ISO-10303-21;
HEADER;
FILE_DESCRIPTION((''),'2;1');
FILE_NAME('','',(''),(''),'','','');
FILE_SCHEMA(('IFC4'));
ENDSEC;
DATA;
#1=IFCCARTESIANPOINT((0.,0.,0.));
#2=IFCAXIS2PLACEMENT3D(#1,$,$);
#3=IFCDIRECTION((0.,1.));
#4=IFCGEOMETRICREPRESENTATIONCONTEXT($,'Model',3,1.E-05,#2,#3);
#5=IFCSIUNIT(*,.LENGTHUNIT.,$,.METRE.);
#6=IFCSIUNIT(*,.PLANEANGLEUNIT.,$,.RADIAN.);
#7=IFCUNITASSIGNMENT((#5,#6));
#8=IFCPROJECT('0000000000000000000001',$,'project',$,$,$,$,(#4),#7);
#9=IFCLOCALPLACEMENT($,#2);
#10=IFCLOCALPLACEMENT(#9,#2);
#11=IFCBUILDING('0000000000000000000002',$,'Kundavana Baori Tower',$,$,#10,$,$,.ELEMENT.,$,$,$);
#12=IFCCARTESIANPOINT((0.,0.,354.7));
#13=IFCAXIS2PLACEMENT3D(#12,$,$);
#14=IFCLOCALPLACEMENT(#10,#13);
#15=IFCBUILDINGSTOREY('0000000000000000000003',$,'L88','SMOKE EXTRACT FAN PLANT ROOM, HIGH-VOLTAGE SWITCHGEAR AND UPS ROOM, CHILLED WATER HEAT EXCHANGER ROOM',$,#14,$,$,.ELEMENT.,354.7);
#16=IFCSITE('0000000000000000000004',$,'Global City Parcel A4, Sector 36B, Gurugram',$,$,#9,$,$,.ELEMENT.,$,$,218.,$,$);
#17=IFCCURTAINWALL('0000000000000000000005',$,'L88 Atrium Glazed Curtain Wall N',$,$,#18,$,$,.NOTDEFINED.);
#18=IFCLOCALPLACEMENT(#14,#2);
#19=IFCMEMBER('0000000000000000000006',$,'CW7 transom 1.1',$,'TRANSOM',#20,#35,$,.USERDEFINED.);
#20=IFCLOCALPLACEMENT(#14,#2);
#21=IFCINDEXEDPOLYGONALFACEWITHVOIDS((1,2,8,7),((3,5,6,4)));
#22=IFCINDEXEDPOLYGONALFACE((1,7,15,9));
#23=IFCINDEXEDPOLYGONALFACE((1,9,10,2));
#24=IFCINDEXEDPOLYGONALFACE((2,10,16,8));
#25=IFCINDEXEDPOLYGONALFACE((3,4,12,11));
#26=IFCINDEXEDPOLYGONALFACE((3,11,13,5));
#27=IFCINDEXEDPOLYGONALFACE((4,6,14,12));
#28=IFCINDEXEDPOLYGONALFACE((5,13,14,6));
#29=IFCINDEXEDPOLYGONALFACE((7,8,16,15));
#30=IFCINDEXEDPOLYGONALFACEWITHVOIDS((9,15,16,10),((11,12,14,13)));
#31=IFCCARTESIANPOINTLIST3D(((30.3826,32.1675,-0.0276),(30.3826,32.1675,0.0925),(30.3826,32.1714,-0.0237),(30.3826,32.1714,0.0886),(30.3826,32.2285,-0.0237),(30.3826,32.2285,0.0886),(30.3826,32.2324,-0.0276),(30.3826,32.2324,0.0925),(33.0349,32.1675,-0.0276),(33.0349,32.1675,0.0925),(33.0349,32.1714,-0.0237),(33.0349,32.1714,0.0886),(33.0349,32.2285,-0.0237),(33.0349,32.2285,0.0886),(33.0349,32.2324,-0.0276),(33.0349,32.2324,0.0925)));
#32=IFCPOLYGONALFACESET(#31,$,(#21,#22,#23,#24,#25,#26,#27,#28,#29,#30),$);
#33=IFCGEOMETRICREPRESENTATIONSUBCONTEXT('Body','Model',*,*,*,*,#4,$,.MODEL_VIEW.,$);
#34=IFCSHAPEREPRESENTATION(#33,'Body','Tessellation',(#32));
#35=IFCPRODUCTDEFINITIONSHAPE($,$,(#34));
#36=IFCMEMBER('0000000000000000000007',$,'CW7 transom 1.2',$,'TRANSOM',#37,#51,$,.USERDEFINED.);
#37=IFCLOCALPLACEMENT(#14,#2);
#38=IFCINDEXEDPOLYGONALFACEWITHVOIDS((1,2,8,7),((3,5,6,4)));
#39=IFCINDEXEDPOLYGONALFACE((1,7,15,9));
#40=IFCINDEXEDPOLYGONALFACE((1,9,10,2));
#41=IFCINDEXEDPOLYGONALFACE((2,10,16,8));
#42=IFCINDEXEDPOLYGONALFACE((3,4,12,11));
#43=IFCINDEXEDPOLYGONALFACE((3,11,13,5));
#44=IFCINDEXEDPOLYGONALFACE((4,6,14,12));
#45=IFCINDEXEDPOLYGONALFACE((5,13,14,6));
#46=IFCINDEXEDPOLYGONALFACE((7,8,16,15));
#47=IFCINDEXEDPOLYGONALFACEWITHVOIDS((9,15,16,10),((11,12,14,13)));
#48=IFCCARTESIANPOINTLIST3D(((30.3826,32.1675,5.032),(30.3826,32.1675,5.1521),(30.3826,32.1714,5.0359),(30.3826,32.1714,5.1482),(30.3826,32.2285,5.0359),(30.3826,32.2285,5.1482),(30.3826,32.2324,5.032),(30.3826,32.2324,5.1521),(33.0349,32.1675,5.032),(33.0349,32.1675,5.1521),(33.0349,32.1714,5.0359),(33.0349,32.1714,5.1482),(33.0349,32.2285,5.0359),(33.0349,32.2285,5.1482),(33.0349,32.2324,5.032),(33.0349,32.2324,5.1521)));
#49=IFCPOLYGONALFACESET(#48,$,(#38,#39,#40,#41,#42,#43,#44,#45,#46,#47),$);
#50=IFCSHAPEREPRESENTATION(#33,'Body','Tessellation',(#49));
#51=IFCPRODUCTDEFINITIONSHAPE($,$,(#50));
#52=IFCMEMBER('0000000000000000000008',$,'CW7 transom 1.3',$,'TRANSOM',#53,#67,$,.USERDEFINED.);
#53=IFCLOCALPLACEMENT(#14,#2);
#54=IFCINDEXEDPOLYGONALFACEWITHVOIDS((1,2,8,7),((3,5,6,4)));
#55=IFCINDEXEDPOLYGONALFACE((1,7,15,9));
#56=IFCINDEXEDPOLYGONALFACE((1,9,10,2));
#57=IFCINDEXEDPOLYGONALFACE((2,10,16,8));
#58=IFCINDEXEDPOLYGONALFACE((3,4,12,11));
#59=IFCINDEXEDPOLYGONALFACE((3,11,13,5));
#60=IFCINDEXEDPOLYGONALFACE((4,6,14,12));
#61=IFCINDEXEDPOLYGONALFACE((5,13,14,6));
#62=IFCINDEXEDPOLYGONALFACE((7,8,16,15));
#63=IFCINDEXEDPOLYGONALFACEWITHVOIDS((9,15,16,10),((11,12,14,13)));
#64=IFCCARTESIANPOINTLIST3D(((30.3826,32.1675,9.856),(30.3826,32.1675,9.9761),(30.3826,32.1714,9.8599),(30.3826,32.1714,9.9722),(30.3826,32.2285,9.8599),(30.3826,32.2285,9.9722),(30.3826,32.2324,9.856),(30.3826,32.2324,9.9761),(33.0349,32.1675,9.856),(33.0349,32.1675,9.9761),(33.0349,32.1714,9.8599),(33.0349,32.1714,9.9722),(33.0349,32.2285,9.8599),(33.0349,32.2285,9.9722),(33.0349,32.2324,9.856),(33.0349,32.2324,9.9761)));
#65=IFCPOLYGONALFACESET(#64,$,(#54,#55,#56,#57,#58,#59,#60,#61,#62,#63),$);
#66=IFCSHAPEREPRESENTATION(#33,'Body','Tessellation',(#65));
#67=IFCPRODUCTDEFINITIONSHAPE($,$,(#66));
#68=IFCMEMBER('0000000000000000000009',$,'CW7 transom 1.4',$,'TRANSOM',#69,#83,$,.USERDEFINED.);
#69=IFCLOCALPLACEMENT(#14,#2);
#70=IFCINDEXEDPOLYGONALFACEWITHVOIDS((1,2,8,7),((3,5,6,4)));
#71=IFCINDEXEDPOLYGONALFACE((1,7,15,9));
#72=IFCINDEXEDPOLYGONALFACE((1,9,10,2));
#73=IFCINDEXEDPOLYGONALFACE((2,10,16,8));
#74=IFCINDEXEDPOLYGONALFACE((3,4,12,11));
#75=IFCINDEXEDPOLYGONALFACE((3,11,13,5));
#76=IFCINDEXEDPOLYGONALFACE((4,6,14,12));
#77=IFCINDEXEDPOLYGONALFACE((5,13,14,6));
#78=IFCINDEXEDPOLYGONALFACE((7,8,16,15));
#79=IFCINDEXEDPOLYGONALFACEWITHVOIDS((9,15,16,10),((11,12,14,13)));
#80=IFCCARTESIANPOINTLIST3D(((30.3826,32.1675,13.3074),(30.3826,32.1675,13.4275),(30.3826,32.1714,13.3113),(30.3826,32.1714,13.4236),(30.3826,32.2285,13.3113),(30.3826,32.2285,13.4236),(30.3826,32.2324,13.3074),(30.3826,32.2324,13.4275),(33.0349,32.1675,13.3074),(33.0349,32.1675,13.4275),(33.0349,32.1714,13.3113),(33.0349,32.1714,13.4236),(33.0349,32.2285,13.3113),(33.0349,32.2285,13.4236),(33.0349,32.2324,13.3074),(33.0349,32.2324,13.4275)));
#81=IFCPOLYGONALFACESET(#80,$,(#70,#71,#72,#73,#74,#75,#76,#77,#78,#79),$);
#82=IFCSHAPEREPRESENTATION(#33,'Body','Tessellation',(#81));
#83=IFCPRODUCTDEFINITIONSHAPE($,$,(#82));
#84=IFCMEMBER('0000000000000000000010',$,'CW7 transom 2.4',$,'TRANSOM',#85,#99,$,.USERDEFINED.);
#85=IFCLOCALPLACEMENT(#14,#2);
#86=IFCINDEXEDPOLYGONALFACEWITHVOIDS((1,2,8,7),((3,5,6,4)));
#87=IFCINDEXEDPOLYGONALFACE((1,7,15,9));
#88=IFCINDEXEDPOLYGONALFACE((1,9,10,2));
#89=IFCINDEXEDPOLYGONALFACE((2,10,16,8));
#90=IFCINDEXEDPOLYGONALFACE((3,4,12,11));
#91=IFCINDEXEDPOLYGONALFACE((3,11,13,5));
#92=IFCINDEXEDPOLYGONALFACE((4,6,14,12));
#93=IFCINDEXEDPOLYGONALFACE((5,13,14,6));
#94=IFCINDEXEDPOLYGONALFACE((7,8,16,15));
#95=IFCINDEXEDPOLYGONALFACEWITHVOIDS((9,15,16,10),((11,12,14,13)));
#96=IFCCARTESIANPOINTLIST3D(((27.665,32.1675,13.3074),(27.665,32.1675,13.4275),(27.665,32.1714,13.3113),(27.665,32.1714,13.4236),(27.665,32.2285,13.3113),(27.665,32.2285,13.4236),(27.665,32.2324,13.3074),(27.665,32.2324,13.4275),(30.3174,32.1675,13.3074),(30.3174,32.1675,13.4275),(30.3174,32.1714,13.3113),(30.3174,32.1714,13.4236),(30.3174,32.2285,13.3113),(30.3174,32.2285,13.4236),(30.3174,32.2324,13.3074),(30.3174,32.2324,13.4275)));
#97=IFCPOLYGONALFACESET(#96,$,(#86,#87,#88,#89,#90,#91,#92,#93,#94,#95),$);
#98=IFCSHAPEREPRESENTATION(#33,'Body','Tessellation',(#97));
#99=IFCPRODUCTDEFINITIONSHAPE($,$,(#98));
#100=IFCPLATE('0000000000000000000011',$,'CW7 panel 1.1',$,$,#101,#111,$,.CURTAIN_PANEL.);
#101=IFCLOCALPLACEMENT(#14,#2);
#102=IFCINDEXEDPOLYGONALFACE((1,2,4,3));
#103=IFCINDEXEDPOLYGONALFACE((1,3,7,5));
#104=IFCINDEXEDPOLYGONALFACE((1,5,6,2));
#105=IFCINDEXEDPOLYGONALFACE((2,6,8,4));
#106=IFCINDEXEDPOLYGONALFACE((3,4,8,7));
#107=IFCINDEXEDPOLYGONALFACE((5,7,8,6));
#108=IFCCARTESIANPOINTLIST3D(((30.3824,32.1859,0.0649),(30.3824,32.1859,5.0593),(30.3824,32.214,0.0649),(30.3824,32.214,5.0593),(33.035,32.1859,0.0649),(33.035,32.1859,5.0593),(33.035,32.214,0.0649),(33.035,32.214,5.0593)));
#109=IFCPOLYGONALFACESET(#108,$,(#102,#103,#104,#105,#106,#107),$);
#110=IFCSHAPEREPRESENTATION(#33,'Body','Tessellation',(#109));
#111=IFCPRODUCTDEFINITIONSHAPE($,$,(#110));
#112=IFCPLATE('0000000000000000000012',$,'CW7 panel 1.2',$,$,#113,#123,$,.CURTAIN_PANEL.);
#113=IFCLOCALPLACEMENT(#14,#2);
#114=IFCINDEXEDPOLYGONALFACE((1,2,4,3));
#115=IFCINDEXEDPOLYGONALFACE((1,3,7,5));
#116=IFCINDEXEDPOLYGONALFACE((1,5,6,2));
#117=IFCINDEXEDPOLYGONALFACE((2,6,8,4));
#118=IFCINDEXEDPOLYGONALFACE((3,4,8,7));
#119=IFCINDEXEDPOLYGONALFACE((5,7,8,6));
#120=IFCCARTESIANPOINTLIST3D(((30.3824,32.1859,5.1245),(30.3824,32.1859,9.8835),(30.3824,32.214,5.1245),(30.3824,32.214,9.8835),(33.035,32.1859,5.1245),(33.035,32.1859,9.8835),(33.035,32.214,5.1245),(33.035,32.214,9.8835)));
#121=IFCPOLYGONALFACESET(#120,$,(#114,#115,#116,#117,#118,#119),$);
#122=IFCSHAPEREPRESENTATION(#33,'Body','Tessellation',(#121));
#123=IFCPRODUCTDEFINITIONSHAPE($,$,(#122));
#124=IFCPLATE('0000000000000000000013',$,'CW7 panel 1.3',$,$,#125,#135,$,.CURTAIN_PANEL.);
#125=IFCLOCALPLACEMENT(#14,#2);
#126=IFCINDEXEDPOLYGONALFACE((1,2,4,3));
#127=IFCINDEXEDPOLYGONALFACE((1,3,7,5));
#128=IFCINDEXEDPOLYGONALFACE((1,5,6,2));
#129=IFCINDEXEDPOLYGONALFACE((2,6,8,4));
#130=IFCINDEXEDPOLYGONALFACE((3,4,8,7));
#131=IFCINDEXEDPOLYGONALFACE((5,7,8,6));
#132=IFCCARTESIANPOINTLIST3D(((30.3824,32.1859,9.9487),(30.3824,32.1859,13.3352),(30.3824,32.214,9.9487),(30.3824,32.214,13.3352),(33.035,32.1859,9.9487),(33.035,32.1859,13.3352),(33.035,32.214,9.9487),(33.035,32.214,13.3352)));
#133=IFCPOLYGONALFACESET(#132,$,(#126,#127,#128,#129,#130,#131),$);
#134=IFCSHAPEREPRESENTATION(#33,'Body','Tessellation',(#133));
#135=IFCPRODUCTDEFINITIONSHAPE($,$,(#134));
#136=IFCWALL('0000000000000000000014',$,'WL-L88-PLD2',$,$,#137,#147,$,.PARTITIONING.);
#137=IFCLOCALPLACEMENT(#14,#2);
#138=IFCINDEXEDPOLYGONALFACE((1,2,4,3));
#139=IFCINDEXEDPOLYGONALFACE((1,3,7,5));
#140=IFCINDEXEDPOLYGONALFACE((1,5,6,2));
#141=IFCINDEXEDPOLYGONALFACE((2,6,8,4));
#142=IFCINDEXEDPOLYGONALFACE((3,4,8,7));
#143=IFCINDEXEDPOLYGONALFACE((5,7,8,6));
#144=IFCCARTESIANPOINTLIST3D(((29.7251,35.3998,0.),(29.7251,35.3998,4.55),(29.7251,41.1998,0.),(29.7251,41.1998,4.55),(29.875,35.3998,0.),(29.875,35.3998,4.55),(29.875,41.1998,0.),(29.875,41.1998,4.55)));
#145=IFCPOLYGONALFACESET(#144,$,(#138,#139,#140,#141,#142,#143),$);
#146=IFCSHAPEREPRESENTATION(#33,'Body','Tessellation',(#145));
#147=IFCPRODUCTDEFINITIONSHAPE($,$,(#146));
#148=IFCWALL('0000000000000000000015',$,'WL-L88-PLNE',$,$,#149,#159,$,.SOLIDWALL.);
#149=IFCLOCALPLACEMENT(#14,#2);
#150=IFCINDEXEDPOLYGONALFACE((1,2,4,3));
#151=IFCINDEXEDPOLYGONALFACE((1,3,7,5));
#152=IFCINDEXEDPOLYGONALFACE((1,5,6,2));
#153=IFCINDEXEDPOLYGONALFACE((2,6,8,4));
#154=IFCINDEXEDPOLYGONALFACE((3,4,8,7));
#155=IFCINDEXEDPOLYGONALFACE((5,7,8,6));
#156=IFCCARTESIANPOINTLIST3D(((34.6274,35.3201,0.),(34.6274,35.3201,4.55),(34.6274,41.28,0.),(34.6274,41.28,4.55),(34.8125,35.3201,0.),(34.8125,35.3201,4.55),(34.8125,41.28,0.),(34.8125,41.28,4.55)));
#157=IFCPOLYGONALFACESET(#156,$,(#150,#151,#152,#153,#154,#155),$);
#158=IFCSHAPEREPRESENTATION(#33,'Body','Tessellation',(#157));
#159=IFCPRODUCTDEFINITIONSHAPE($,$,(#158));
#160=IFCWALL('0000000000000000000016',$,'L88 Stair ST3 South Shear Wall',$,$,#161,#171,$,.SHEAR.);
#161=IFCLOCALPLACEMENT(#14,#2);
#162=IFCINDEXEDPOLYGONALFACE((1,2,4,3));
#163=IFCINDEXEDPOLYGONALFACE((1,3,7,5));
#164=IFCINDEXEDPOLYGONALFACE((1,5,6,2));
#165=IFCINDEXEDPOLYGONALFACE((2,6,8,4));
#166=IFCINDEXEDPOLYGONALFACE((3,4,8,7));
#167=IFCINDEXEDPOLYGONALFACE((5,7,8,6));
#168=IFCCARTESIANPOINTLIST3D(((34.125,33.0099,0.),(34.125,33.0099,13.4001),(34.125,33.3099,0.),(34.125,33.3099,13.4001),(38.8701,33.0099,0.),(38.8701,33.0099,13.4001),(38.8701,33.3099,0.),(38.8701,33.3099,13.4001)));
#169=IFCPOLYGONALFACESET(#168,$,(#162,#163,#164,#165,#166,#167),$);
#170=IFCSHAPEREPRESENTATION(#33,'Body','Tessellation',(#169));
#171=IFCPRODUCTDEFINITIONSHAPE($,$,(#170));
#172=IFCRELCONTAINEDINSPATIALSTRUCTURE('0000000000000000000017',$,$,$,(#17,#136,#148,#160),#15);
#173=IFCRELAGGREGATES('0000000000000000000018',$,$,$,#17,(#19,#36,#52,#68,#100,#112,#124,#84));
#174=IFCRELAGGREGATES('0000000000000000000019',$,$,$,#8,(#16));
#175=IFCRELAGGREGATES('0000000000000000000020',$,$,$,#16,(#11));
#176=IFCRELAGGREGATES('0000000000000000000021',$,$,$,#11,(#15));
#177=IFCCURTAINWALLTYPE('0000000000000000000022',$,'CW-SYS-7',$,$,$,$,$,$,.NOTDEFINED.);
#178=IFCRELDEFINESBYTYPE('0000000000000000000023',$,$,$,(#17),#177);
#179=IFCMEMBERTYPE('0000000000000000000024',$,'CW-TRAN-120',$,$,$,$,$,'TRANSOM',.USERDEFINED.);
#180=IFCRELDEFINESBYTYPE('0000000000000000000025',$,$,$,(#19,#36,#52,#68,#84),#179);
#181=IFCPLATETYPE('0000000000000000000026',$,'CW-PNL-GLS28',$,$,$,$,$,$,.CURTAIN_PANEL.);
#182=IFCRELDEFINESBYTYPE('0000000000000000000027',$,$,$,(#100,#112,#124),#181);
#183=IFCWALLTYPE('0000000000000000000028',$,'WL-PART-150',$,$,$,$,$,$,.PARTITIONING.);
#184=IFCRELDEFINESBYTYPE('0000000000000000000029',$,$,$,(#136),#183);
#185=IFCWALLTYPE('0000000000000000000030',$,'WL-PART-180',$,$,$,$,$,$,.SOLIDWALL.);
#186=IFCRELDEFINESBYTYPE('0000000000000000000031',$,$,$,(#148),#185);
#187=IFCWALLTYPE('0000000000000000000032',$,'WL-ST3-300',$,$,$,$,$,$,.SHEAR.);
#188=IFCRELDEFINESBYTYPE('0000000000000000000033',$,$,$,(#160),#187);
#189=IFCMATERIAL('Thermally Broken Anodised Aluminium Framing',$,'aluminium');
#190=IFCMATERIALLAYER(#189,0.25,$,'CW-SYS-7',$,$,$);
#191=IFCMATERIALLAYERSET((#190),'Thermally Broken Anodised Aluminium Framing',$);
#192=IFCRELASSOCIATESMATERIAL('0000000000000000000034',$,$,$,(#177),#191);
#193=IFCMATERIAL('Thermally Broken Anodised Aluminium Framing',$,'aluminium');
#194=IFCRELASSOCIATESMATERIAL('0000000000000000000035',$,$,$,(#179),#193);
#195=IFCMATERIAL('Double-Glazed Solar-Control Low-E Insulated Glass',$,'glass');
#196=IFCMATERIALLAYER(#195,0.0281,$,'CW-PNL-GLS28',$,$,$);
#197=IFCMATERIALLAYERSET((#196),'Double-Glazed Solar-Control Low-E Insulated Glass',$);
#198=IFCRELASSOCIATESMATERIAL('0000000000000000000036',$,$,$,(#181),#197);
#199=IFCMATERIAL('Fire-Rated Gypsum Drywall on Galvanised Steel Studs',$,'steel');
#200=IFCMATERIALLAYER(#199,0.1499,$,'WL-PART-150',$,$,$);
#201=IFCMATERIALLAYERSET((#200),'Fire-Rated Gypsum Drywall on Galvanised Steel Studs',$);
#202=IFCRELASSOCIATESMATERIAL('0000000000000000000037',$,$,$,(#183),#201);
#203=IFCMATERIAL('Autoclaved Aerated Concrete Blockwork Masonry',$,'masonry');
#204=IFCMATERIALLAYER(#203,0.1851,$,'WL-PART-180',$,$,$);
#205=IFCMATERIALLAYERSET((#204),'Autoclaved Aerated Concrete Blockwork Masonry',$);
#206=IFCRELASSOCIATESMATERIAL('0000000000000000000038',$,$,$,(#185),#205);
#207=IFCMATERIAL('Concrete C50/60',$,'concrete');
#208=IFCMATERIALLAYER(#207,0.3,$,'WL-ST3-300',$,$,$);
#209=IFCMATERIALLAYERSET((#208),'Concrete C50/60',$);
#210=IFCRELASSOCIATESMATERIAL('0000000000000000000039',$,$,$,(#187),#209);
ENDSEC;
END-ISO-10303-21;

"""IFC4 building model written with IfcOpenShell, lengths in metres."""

from ifc_helpers import new_model, si_unit, direction, frame, frame_2d, origin, origin_2d, place, context, subcontext, project, spatial, rectangle, hollow_rectangle, extrude, material, layer, layer_set, material_profile, profile_set, type_object, element, aggregate, save


model = new_model("IFC4")

# Units and contexts
model_context = context("Model", 3, precision=1e-05, world=origin(), true_north=direction((0.0, 1.0)))
body_context = subcontext(model_context, "Body", "Model", "MODEL_VIEW")
ifc_project = project(units=[si_unit("LENGTHUNIT", "METRE"), si_unit("PLANEANGLEUNIT", "RADIAN")], contexts=[model_context])

# Site, building, storey
site_placement = place(None, origin())
site = spatial("IfcSite", under=ifc_project, at=site_placement, Name="Global City Parcel A4, Sector 36B, Gurugram", CompositionType="ELEMENT", RefElevation=218.0)
building_placement = place(site_placement, origin())
building = spatial("IfcBuilding", under=site, at=building_placement, Name="Kundavana Baori Tower", CompositionType="ELEMENT")
storey_placement = place(building_placement, frame((0.0, 0.0, 354.7)))
storey = spatial("IfcBuildingStorey", under=building, at=storey_placement, Name="L88", Description="SMOKE EXTRACT FAN PLANT ROOM, HIGH-VOLTAGE SWITCHGEAR AND UPS ROOM, CHILLED WATER HEAT EXCHANGER ROOM", CompositionType="ELEMENT", Elevation=354.7)

# Curtain wall, members, plates
ifc_material_1 = material(Name="Thermally Broken Anodised Aluminium Framing", Category="aluminium")
ifc_layer_1 = layer(ifc_material_1, 0.25, Name="CW-SYS-7")
ifc_layer_set_1 = layer_set([ifc_layer_1], Name="Thermally Broken Anodised Aluminium Framing")
curtain_wall_type = type_object("IfcCurtainWallType", Name="CW-SYS-7", PredefinedType="NOTDEFINED", material=ifc_layer_set_1)
curtain_wall_placement = place(storey_placement, origin())
curtain_wall = element("IfcCurtainWall", 1, at=curtain_wall_placement, inside=storey, type_object=curtain_wall_type, Name="L88 Atrium Glazed Curtain Wall N", PredefinedType="NOTDEFINED")
ifc_material_2 = material(Name="Thermally Broken Anodised Aluminium Framing", Category="aluminium")
ifc_material_profile_1 = material_profile(ifc_material_2, hollow_rectangle(XDim=0.0649, YDim=0.1201, WallThickness=0.0039, at=origin_2d()), Name="CW-TRAN-120")
ifc_profile_set_1 = profile_set([ifc_material_profile_1], Name="Thermally Broken Anodised Aluminium Framing")
member_type_1 = type_object("IfcMemberType", Name="CW-TRAN-120", ElementType="TRANSOM", PredefinedType="USERDEFINED", material=ifc_profile_set_1)
member_1_placement = place(storey_placement, frame((33.0349, 32.2, 0.0325), z_axis=(-1.0, 0.0, 0.0), x_axis=(0.0, -1.0, 0.0)))
member_1 = element("IfcMember", 2, at=member_1_placement, type_object=member_type_1, Name="CW7 transom 1.1", ObjectType="TRANSOM", PredefinedType="USERDEFINED", context=body_context, shape_type="SweptSolid", body=[
    extrude(hollow_rectangle(XDim=0.0649, YDim=0.1201, WallThickness=0.0039, at=origin_2d()), origin(), (0.0, 0.0, 1.0), 2.6523),
])
member_2_placement = place(storey_placement, frame((33.0349, 32.2, 5.092), z_axis=(-1.0, 0.0, 0.0), x_axis=(0.0, -1.0, 0.0)))
member_2 = element("IfcMember", 3, at=member_2_placement, type_object=member_type_1, Name="CW7 transom 1.2", ObjectType="TRANSOM", PredefinedType="USERDEFINED", context=body_context, shape_type="SweptSolid", body=[
    extrude(hollow_rectangle(XDim=0.0649, YDim=0.1201, WallThickness=0.0039, at=origin_2d()), origin(), (0.0, 0.0, 1.0), 2.6523),
])
member_3_placement = place(storey_placement, frame((33.0349, 32.2, 9.916), z_axis=(-1.0, 0.0, 0.0), x_axis=(0.0, -1.0, 0.0)))
member_3 = element("IfcMember", 4, at=member_3_placement, type_object=member_type_1, Name="CW7 transom 1.3", ObjectType="TRANSOM", PredefinedType="USERDEFINED", context=body_context, shape_type="SweptSolid", body=[
    extrude(hollow_rectangle(XDim=0.0649, YDim=0.1201, WallThickness=0.0039, at=origin_2d()), origin(), (0.0, 0.0, 1.0), 2.6523),
])
member_4_placement = place(storey_placement, frame((33.0349, 32.2, 13.3674), z_axis=(-1.0, 0.0, 0.0), x_axis=(0.0, -1.0, 0.0)))
member_4 = element("IfcMember", 5, at=member_4_placement, type_object=member_type_1, Name="CW7 transom 1.4", ObjectType="TRANSOM", PredefinedType="USERDEFINED", context=body_context, shape_type="SweptSolid", body=[
    extrude(hollow_rectangle(XDim=0.0649, YDim=0.1201, WallThickness=0.0039, at=origin_2d()), origin(), (0.0, 0.0, 1.0), 2.6523),
])
member_5_placement = place(storey_placement, frame((30.3174, 32.2, 13.3674), z_axis=(-1.0, 0.0, 0.0), x_axis=(0.0, -1.0, 0.0)))
member_5 = element("IfcMember", 6, at=member_5_placement, type_object=member_type_1, Name="CW7 transom 2.4", ObjectType="TRANSOM", PredefinedType="USERDEFINED", context=body_context, shape_type="SweptSolid", body=[
    extrude(hollow_rectangle(XDim=0.0649, YDim=0.1201, WallThickness=0.0039, at=origin_2d()), origin(), (0.0, 0.0, 1.0), 2.6523),
])
ifc_material_3 = material(Name="Double-Glazed Solar-Control Low-E Insulated Glass", Category="glass")
ifc_layer_2 = layer(ifc_material_3, 0.0281, Name="CW-PNL-GLS28")
ifc_layer_set_2 = layer_set([ifc_layer_2], Name="Double-Glazed Solar-Control Low-E Insulated Glass")
plate_type = type_object("IfcPlateType", Name="CW-PNL-GLS28", PredefinedType="CURTAIN_PANEL", material=ifc_layer_set_2)
plate_1_placement = place(storey_placement, frame((31.7087, 32.2, 0.0649), z_axis=(0.0, 0.0, 1.0), x_axis=(-1.0, 0.0, 0.0)))
plate_1 = element("IfcPlate", 7, at=plate_1_placement, type_object=plate_type, Name="CW7 panel 1.1", PredefinedType="CURTAIN_PANEL", context=body_context, shape_type="SweptSolid", body=[
    extrude(rectangle(XDim=2.6526, YDim=0.0281, at=origin_2d()), origin(), (0.0, 0.0, 1.0), 4.9944),
])
plate_2_placement = place(storey_placement, frame((31.7087, 32.2, 5.1245), z_axis=(0.0, 0.0, 1.0), x_axis=(-1.0, 0.0, 0.0)))
plate_2 = element("IfcPlate", 8, at=plate_2_placement, type_object=plate_type, Name="CW7 panel 1.2", PredefinedType="CURTAIN_PANEL", context=body_context, shape_type="SweptSolid", body=[
    extrude(rectangle(XDim=2.6526, YDim=0.0281, at=origin_2d()), origin(), (0.0, 0.0, 1.0), 4.759),
])
plate_3_placement = place(storey_placement, frame((31.7087, 32.2, 9.9487), z_axis=(0.0, 0.0, 1.0), x_axis=(-1.0, 0.0, 0.0)))
plate_3 = element("IfcPlate", 9, at=plate_3_placement, type_object=plate_type, Name="CW7 panel 1.3", PredefinedType="CURTAIN_PANEL", context=body_context, shape_type="SweptSolid", body=[
    extrude(rectangle(XDim=2.6526, YDim=0.0281, at=origin_2d()), origin(), (0.0, 0.0, 1.0), 3.3865),
])
aggregate(curtain_wall, [member_1, member_2, member_3, member_4, plate_1, plate_2, plate_3, member_5])

# Walls
ifc_material_4 = material(Name="Fire-Rated Gypsum Drywall on Galvanised Steel Studs", Category="steel")
ifc_layer_3 = layer(ifc_material_4, 0.1499, Name="WL-PART-150")
ifc_layer_set_3 = layer_set([ifc_layer_3], Name="Fire-Rated Gypsum Drywall on Galvanised Steel Studs")
wall_type_1 = type_object("IfcWallType", Name="WL-PART-150", PredefinedType="PARTITIONING", material=ifc_layer_set_3)
wall_1_placement = place(storey_placement, frame((29.8, 35.3999, 0.0), z_axis=(0.0, 0.0, 1.0), x_axis=(0.0, 1.0, 0.0)))
element("IfcWall", 10, at=wall_1_placement, inside=storey, type_object=wall_type_1, Name="WL-L88-PLD2", PredefinedType="PARTITIONING", context=body_context, shape_type="SweptSolid", body=[
    extrude(rectangle(XDim=5.8, YDim=0.1499, at=frame_2d((2.8999, 0.0))), origin(), (0.0, 0.0, 1.0), 4.55),
])
ifc_material_5 = material(Name="Autoclaved Aerated Concrete Blockwork Masonry", Category="masonry")
ifc_layer_4 = layer(ifc_material_5, 0.1851, Name="WL-PART-180")
ifc_layer_set_4 = layer_set([ifc_layer_4], Name="Autoclaved Aerated Concrete Blockwork Masonry")
wall_type_2 = type_object("IfcWallType", Name="WL-PART-180", PredefinedType="SOLIDWALL", material=ifc_layer_set_4)
wall_2_placement = place(storey_placement, frame((34.72, 35.3201, 0.0), z_axis=(0.0, 0.0, 1.0), x_axis=(0.0, 1.0, 0.0)))
element("IfcWall", 11, at=wall_2_placement, inside=storey, type_object=wall_type_2, Name="WL-L88-PLNE", PredefinedType="SOLIDWALL", context=body_context, shape_type="SweptSolid", body=[
    extrude(rectangle(XDim=5.96, YDim=0.1851, at=frame_2d((2.98, 0.0))), origin(), (0.0, 0.0, 1.0), 4.55),
])
ifc_material_6 = material(Name="Concrete C50/60", Category="concrete")
ifc_layer_5 = layer(ifc_material_6, 0.3, Name="WL-ST3-300")
ifc_layer_set_5 = layer_set([ifc_layer_5], Name="Concrete C50/60")
wall_type_3 = type_object("IfcWallType", Name="WL-ST3-300", PredefinedType="SHEAR", material=ifc_layer_set_5)
wall_3_placement = place(storey_placement, frame((34.125, 33.1599, 0.0), z_axis=(0.0, 0.0, 1.0), x_axis=(1.0, 0.0, 0.0)))
element("IfcWall", 12, at=wall_3_placement, inside=storey, type_object=wall_type_3, Name="L88 Stair ST3 South Shear Wall", PredefinedType="SHEAR", context=body_context, shape_type="SweptSolid", body=[
    extrude(rectangle(XDim=4.7451, YDim=0.3, at=frame_2d((2.3726, 0.0))), origin(), (0.0, 0.0, 1.0), 13.4001),
])

save(model, "model.ifc")
